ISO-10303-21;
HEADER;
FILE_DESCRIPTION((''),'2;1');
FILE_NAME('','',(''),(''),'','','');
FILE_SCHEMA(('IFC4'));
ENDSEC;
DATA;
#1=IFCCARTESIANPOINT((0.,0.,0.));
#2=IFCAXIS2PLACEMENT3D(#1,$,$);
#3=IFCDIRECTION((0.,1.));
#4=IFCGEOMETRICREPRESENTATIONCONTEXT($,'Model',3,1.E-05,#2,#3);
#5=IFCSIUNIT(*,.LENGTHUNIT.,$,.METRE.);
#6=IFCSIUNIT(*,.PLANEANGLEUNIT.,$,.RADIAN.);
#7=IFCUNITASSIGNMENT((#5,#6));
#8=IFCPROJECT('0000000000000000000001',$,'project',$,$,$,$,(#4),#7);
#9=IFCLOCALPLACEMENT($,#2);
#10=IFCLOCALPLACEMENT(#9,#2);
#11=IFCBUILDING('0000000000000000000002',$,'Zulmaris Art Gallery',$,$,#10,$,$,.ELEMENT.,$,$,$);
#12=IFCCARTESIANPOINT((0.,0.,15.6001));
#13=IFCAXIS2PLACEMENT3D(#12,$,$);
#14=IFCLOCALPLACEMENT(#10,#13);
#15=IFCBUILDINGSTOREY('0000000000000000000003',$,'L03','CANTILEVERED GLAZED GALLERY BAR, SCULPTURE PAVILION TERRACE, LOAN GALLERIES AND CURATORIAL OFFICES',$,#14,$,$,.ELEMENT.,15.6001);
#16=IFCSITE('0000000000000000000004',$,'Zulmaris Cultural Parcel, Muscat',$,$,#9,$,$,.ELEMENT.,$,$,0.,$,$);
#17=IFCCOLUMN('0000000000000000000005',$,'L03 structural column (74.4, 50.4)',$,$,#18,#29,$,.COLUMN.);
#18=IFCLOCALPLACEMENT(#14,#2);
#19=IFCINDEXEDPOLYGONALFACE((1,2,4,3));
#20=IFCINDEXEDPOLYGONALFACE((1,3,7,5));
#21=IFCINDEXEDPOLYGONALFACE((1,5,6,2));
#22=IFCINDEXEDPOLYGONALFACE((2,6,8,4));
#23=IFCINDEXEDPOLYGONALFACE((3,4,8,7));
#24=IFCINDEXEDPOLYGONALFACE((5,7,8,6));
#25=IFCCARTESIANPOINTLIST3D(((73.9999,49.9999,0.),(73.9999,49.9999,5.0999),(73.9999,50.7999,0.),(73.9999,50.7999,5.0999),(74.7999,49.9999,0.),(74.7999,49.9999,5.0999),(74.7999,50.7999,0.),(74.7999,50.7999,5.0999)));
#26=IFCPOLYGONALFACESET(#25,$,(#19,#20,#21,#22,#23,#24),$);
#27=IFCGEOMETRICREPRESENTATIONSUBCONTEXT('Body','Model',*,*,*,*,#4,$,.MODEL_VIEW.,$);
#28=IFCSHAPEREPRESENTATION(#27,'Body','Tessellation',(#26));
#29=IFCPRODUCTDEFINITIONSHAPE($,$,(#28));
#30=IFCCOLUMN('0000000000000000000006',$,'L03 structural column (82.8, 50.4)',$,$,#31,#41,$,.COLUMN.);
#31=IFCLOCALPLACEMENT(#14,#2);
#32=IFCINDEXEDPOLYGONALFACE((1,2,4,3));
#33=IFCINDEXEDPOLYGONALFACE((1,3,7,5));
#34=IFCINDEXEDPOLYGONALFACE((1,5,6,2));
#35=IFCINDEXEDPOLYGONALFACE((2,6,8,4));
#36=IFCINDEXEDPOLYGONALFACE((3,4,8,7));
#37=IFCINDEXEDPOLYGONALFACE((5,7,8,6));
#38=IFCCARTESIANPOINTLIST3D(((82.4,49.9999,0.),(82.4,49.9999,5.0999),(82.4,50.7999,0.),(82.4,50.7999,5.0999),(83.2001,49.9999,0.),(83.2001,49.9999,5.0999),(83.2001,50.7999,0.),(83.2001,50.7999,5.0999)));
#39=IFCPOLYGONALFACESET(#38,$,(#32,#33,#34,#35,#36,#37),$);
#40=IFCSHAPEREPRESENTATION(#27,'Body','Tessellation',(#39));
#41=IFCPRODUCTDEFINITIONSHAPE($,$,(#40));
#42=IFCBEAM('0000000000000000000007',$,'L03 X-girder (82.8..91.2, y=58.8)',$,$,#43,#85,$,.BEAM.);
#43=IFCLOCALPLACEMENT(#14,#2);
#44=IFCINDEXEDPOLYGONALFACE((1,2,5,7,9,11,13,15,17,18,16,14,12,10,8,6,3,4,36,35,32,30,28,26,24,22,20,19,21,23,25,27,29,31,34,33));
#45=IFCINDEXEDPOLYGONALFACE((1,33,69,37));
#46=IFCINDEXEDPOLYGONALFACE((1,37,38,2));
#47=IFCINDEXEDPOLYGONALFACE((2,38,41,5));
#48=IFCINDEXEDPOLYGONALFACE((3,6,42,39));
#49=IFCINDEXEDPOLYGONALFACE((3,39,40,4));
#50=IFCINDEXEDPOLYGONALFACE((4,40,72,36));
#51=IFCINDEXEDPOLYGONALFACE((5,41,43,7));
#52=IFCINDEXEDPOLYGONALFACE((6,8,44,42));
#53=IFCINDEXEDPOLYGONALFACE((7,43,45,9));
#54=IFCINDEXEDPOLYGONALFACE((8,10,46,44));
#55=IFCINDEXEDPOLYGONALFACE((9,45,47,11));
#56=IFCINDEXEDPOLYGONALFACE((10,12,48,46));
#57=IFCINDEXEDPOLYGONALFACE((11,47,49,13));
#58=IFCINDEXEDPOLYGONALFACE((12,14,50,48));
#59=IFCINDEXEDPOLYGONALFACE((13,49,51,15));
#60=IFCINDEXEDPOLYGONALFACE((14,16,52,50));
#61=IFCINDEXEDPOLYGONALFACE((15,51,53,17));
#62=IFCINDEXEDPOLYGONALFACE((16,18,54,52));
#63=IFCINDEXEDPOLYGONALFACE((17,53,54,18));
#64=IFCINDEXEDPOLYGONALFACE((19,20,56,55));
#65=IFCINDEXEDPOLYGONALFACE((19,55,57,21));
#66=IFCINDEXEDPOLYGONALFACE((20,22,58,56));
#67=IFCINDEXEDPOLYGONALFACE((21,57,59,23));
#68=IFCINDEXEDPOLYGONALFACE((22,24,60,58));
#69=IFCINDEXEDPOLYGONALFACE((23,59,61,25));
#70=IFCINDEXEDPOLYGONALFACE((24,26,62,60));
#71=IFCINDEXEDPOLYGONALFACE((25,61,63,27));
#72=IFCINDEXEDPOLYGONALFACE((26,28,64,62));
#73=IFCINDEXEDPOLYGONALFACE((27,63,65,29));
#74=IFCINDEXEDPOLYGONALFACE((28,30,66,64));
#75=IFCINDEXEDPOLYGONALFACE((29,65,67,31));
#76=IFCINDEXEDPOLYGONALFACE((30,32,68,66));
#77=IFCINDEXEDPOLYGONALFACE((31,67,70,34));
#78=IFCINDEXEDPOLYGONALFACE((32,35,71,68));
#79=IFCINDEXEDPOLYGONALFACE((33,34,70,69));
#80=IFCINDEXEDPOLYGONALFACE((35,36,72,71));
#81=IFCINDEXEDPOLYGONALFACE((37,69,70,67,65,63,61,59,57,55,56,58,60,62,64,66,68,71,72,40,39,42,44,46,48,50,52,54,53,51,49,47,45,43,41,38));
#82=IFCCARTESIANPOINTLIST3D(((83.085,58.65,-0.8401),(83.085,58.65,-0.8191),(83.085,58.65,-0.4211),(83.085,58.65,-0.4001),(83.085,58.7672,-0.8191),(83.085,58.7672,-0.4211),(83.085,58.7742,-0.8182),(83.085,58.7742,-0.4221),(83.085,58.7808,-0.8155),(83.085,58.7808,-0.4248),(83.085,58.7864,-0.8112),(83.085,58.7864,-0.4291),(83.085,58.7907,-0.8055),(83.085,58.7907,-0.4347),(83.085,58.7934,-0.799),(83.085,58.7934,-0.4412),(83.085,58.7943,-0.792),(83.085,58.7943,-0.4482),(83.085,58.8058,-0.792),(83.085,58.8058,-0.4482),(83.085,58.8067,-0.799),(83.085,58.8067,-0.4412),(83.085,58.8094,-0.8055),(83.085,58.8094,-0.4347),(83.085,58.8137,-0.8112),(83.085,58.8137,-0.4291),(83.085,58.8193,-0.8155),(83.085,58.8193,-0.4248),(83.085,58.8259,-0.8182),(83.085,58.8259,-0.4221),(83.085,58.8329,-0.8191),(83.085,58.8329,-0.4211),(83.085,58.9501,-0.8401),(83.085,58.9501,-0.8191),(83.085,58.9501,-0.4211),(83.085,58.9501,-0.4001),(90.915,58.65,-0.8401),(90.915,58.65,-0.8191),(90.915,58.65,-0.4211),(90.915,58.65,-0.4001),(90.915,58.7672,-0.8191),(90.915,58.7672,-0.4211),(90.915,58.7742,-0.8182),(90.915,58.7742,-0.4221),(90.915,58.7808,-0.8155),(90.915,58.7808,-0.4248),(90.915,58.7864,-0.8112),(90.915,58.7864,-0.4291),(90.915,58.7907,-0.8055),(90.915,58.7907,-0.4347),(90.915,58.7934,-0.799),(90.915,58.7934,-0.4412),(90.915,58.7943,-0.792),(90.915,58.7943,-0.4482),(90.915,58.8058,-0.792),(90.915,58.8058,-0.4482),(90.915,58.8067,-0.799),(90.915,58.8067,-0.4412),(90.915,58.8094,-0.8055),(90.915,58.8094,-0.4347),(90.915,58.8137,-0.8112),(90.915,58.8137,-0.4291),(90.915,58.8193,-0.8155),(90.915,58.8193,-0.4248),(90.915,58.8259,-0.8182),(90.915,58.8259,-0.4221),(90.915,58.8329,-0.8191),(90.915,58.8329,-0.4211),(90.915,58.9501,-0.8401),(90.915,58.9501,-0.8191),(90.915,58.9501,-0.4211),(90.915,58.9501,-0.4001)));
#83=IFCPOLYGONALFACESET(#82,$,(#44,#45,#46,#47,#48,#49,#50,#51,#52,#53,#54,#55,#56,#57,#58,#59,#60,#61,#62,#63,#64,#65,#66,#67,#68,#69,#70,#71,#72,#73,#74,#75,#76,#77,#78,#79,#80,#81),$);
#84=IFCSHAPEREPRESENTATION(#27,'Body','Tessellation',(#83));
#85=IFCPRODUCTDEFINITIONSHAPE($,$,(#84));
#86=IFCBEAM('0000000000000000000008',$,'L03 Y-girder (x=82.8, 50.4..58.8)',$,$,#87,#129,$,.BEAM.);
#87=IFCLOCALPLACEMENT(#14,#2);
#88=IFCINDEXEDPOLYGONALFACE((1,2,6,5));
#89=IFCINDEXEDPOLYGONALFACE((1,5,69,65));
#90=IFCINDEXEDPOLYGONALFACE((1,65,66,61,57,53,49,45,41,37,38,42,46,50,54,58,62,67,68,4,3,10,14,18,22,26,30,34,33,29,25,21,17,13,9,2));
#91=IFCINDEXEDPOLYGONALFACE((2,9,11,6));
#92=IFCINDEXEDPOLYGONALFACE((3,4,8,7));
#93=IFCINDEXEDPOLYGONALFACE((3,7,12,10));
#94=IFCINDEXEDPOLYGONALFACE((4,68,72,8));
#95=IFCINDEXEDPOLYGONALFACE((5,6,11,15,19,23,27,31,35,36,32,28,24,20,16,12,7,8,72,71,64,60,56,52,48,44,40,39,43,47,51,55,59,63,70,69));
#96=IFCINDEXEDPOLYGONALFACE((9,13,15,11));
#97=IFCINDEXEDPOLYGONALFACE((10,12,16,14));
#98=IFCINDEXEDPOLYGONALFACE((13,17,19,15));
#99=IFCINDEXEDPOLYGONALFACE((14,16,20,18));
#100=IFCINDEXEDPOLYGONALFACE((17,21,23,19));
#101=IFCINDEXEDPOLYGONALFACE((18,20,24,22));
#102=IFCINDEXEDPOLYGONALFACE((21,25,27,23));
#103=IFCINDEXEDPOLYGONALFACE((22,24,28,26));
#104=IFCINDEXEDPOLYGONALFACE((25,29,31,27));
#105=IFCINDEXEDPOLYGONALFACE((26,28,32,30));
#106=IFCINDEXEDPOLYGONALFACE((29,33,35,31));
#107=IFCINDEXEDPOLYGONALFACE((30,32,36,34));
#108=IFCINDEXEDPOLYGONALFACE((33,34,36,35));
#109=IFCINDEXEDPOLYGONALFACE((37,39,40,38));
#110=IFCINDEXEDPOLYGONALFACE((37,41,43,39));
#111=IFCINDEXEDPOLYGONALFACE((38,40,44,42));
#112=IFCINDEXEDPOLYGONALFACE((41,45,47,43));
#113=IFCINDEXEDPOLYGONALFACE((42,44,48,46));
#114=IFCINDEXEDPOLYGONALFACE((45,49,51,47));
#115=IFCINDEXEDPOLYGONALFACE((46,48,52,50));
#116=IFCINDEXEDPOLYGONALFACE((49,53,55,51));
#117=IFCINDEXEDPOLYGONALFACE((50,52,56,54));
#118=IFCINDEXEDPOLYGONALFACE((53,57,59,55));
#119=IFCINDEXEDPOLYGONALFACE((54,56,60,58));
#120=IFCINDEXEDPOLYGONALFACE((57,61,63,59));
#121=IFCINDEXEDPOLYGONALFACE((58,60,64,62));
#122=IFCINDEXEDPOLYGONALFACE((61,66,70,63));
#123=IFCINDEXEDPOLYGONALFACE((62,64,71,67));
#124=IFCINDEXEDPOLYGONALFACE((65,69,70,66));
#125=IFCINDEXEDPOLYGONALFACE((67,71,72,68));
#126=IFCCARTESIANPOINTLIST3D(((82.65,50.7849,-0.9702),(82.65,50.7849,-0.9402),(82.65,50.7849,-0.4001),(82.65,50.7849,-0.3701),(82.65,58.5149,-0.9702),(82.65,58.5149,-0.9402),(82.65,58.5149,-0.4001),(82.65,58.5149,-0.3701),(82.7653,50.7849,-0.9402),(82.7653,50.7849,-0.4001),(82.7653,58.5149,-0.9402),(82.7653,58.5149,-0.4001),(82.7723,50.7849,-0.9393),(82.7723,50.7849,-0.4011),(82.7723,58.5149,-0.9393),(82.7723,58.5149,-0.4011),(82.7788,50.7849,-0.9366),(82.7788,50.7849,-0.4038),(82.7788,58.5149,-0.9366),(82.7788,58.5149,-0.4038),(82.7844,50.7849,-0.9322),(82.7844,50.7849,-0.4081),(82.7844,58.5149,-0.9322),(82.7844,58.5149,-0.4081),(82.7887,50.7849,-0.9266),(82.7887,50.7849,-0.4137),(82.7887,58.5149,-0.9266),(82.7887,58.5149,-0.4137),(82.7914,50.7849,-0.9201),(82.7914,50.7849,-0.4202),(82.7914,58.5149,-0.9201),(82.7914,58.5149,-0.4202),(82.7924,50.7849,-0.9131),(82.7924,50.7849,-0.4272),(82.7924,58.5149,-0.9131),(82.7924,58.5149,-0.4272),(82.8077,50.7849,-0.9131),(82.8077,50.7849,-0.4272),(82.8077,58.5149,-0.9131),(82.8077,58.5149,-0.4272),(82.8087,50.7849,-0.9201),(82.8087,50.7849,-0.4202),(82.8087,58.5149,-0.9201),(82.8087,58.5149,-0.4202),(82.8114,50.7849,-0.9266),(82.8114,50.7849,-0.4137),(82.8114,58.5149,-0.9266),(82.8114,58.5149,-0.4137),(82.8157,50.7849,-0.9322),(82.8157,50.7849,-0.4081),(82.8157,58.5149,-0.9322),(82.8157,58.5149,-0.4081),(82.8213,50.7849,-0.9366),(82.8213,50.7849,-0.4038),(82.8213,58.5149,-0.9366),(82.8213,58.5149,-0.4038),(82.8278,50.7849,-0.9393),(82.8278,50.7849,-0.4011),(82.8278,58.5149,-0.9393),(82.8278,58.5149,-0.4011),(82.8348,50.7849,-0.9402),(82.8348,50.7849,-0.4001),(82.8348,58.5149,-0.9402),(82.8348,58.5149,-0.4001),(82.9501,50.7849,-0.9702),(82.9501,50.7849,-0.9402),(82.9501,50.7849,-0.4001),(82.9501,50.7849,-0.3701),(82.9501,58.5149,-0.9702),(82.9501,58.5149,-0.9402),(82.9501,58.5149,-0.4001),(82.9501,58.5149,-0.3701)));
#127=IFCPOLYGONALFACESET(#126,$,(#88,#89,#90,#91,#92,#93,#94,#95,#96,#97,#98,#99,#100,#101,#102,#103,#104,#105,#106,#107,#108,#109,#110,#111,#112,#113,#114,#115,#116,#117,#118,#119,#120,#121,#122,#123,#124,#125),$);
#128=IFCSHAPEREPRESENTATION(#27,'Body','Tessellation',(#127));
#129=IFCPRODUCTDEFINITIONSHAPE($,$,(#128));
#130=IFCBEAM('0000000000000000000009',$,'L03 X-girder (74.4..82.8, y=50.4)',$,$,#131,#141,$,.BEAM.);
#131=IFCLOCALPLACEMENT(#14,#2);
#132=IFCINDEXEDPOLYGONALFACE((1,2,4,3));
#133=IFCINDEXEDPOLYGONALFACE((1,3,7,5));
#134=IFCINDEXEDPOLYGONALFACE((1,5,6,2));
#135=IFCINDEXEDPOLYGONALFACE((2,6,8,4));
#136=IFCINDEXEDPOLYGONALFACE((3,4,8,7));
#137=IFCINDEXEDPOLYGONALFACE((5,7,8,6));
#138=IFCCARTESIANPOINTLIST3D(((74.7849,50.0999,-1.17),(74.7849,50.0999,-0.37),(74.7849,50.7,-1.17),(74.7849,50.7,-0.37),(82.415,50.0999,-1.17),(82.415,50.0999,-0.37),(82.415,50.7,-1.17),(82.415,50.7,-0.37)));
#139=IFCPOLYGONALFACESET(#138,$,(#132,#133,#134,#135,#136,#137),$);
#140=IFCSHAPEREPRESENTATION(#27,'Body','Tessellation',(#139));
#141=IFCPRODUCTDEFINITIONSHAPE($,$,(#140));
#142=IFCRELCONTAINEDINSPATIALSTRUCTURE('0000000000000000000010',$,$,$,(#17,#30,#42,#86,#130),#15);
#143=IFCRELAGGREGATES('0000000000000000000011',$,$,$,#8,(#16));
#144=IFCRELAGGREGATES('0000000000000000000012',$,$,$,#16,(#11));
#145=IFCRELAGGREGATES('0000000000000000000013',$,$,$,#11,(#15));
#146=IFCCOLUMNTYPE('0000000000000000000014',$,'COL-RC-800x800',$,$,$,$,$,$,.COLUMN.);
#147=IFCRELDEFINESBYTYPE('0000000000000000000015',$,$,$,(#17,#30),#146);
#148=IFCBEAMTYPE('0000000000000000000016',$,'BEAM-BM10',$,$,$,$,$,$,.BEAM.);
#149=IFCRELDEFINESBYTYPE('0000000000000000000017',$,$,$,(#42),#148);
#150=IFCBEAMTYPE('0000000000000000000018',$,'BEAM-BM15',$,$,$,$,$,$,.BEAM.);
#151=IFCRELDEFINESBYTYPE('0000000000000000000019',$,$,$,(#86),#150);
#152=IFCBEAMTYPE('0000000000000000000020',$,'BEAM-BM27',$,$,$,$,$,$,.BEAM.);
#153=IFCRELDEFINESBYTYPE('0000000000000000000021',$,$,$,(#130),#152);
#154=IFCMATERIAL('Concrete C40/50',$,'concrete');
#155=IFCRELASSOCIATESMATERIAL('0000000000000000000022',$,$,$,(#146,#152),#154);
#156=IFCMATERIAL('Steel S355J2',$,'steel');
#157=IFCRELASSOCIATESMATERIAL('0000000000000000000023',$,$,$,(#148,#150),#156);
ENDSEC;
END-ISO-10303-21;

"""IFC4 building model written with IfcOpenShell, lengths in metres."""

from ifc_helpers import new_model, si_unit, direction, frame, origin, origin_2d, place, context, subcontext, project, spatial, rectangle, i_section, extrude, material, material_profile, profile_set, type_object, element, save


model = new_model("IFC4")

# Units and contexts
model_context = context("Model", 3, precision=1e-05, world=origin(), true_north=direction((0.0, 1.0)))
body_context = subcontext(model_context, "Body", "Model", "MODEL_VIEW")
ifc_project = project(units=[si_unit("LENGTHUNIT", "METRE"), si_unit("PLANEANGLEUNIT", "RADIAN")], contexts=[model_context])

# Site, building, storey
site_placement = place(None, origin())
site = spatial("IfcSite", under=ifc_project, at=site_placement, Name="Zulmaris Cultural Parcel, Muscat", CompositionType="ELEMENT", RefElevation=0.0)
building_placement = place(site_placement, origin())
building = spatial("IfcBuilding", under=site, at=building_placement, Name="Zulmaris Art Gallery", CompositionType="ELEMENT")
storey_placement = place(building_placement, frame((0.0, 0.0, 15.6001)))
storey = spatial("IfcBuildingStorey", under=building, at=storey_placement, Name="L03", Description="CANTILEVERED GLAZED GALLERY BAR, SCULPTURE PAVILION TERRACE, LOAN GALLERIES AND CURATORIAL OFFICES", CompositionType="ELEMENT", Elevation=15.6001)

# Columns
ifc_material_1 = material(Name="Concrete C40/50", Category="concrete")
ifc_material_profile_1 = material_profile(ifc_material_1, rectangle(XDim=0.8, YDim=0.8, at=origin_2d()), Name="RC 800x800")
ifc_profile_set_1 = profile_set([ifc_material_profile_1], Name="Concrete C40/50")
column_type = type_object("IfcColumnType", Name="COL-RC-800x800", PredefinedType="COLUMN", material=ifc_profile_set_1)
for number, where, z_axis, x_axis, name in (
    (1, (74.3999, 50.3999, 0.0), (0.0, 0.0, 1.0), (1.0, 0.0, 0.0), "L03 structural column (74.4, 50.4)"),
    (2, (82.8, 50.3999, 0.0), (0.0, 0.0, 1.0), (1.0, 0.0, 0.0), "L03 structural column (82.8, 50.4)"),
):
    element("IfcColumn", number, at=place(storey_placement, frame(where, z_axis=z_axis, x_axis=x_axis)), inside=storey, type_object=column_type, Name=name, PredefinedType="COLUMN", context=body_context, shape_type="SweptSolid", body=[
        extrude(rectangle(XDim=0.8, YDim=0.8, at=origin_2d()), origin(), (0.0, 0.0, 1.0), 5.0999),
    ])

# Beams
ifc_material_2 = material(Name="Steel S355J2", Category="steel")
ifc_material_profile_2 = material_profile(ifc_material_2, i_section(OverallWidth=0.3, OverallDepth=0.4399, WebThickness=0.0115, FlangeThickness=0.021, FilletRadius=0.0271, at=origin_2d()), Name="HEA 450")
ifc_profile_set_2 = profile_set([ifc_material_profile_2], Name="Steel S355J2")
beam_type_1 = type_object("IfcBeamType", Name="BEAM-BM10", PredefinedType="BEAM", material=ifc_profile_set_2)
beam_1_placement = place(storey_placement, frame((83.085, 58.8, -0.6201), z_axis=(1.0, 0.0, 0.0), x_axis=(0.0, 1.0, 0.0)))
element("IfcBeam", 3, at=beam_1_placement, inside=storey, type_object=beam_type_1, Name="L03 X-girder (82.8..91.2, y=58.8)", PredefinedType="BEAM", context=body_context, shape_type="SweptSolid", body=[
    extrude(i_section(OverallWidth=0.3, OverallDepth=0.4399, WebThickness=0.0115, FlangeThickness=0.021, FilletRadius=0.0271, at=origin_2d()), origin(), (0.0, 0.0, 1.0), 7.8301),
])
ifc_material_profile_3 = material_profile(ifc_material_2, i_section(OverallWidth=0.3, OverallDepth=0.6001, WebThickness=0.0154, FlangeThickness=0.03, FilletRadius=0.0271, at=origin_2d()), Name="HEB 600")
ifc_profile_set_3 = profile_set([ifc_material_profile_3], Name="Steel S355J2")
beam_type_2 = type_object("IfcBeamType", Name="BEAM-BM15", PredefinedType="BEAM", material=ifc_profile_set_3)
beam_2_placement = place(storey_placement, frame((82.8, 50.7849, -0.6702), z_axis=(0.0, 1.0, 0.0), x_axis=(-1.0, 0.0, 0.0)))
element("IfcBeam", 4, at=beam_2_placement, inside=storey, type_object=beam_type_2, Name="L03 Y-girder (x=82.8, 50.4..58.8)", PredefinedType="BEAM", context=body_context, shape_type="SweptSolid", body=[
    extrude(i_section(OverallWidth=0.3, OverallDepth=0.6001, WebThickness=0.0154, FlangeThickness=0.03, FilletRadius=0.0271, at=origin_2d()), origin(), (0.0, 0.0, 1.0), 7.73),
])
ifc_material_profile_4 = material_profile(ifc_material_1, rectangle(XDim=0.6001, YDim=0.8, at=origin_2d()), Name="RC 600x800")
ifc_profile_set_4 = profile_set([ifc_material_profile_4], Name="Concrete C40/50")
beam_type_3 = type_object("IfcBeamType", Name="BEAM-BM27", PredefinedType="BEAM", material=ifc_profile_set_4)
beam_3_placement = place(storey_placement, frame((74.7849, 50.3999, -0.77), z_axis=(1.0, 0.0, 0.0), x_axis=(0.0, 1.0, 0.0)))
element("IfcBeam", 5, at=beam_3_placement, inside=storey, type_object=beam_type_3, Name="L03 X-girder (74.4..82.8, y=50.4)", PredefinedType="BEAM", context=body_context, shape_type="SweptSolid", body=[
    extrude(rectangle(XDim=0.6001, YDim=0.8, at=origin_2d()), origin(), (0.0, 0.0, 1.0), 7.6301),
])

save(model, "model.ifc")
